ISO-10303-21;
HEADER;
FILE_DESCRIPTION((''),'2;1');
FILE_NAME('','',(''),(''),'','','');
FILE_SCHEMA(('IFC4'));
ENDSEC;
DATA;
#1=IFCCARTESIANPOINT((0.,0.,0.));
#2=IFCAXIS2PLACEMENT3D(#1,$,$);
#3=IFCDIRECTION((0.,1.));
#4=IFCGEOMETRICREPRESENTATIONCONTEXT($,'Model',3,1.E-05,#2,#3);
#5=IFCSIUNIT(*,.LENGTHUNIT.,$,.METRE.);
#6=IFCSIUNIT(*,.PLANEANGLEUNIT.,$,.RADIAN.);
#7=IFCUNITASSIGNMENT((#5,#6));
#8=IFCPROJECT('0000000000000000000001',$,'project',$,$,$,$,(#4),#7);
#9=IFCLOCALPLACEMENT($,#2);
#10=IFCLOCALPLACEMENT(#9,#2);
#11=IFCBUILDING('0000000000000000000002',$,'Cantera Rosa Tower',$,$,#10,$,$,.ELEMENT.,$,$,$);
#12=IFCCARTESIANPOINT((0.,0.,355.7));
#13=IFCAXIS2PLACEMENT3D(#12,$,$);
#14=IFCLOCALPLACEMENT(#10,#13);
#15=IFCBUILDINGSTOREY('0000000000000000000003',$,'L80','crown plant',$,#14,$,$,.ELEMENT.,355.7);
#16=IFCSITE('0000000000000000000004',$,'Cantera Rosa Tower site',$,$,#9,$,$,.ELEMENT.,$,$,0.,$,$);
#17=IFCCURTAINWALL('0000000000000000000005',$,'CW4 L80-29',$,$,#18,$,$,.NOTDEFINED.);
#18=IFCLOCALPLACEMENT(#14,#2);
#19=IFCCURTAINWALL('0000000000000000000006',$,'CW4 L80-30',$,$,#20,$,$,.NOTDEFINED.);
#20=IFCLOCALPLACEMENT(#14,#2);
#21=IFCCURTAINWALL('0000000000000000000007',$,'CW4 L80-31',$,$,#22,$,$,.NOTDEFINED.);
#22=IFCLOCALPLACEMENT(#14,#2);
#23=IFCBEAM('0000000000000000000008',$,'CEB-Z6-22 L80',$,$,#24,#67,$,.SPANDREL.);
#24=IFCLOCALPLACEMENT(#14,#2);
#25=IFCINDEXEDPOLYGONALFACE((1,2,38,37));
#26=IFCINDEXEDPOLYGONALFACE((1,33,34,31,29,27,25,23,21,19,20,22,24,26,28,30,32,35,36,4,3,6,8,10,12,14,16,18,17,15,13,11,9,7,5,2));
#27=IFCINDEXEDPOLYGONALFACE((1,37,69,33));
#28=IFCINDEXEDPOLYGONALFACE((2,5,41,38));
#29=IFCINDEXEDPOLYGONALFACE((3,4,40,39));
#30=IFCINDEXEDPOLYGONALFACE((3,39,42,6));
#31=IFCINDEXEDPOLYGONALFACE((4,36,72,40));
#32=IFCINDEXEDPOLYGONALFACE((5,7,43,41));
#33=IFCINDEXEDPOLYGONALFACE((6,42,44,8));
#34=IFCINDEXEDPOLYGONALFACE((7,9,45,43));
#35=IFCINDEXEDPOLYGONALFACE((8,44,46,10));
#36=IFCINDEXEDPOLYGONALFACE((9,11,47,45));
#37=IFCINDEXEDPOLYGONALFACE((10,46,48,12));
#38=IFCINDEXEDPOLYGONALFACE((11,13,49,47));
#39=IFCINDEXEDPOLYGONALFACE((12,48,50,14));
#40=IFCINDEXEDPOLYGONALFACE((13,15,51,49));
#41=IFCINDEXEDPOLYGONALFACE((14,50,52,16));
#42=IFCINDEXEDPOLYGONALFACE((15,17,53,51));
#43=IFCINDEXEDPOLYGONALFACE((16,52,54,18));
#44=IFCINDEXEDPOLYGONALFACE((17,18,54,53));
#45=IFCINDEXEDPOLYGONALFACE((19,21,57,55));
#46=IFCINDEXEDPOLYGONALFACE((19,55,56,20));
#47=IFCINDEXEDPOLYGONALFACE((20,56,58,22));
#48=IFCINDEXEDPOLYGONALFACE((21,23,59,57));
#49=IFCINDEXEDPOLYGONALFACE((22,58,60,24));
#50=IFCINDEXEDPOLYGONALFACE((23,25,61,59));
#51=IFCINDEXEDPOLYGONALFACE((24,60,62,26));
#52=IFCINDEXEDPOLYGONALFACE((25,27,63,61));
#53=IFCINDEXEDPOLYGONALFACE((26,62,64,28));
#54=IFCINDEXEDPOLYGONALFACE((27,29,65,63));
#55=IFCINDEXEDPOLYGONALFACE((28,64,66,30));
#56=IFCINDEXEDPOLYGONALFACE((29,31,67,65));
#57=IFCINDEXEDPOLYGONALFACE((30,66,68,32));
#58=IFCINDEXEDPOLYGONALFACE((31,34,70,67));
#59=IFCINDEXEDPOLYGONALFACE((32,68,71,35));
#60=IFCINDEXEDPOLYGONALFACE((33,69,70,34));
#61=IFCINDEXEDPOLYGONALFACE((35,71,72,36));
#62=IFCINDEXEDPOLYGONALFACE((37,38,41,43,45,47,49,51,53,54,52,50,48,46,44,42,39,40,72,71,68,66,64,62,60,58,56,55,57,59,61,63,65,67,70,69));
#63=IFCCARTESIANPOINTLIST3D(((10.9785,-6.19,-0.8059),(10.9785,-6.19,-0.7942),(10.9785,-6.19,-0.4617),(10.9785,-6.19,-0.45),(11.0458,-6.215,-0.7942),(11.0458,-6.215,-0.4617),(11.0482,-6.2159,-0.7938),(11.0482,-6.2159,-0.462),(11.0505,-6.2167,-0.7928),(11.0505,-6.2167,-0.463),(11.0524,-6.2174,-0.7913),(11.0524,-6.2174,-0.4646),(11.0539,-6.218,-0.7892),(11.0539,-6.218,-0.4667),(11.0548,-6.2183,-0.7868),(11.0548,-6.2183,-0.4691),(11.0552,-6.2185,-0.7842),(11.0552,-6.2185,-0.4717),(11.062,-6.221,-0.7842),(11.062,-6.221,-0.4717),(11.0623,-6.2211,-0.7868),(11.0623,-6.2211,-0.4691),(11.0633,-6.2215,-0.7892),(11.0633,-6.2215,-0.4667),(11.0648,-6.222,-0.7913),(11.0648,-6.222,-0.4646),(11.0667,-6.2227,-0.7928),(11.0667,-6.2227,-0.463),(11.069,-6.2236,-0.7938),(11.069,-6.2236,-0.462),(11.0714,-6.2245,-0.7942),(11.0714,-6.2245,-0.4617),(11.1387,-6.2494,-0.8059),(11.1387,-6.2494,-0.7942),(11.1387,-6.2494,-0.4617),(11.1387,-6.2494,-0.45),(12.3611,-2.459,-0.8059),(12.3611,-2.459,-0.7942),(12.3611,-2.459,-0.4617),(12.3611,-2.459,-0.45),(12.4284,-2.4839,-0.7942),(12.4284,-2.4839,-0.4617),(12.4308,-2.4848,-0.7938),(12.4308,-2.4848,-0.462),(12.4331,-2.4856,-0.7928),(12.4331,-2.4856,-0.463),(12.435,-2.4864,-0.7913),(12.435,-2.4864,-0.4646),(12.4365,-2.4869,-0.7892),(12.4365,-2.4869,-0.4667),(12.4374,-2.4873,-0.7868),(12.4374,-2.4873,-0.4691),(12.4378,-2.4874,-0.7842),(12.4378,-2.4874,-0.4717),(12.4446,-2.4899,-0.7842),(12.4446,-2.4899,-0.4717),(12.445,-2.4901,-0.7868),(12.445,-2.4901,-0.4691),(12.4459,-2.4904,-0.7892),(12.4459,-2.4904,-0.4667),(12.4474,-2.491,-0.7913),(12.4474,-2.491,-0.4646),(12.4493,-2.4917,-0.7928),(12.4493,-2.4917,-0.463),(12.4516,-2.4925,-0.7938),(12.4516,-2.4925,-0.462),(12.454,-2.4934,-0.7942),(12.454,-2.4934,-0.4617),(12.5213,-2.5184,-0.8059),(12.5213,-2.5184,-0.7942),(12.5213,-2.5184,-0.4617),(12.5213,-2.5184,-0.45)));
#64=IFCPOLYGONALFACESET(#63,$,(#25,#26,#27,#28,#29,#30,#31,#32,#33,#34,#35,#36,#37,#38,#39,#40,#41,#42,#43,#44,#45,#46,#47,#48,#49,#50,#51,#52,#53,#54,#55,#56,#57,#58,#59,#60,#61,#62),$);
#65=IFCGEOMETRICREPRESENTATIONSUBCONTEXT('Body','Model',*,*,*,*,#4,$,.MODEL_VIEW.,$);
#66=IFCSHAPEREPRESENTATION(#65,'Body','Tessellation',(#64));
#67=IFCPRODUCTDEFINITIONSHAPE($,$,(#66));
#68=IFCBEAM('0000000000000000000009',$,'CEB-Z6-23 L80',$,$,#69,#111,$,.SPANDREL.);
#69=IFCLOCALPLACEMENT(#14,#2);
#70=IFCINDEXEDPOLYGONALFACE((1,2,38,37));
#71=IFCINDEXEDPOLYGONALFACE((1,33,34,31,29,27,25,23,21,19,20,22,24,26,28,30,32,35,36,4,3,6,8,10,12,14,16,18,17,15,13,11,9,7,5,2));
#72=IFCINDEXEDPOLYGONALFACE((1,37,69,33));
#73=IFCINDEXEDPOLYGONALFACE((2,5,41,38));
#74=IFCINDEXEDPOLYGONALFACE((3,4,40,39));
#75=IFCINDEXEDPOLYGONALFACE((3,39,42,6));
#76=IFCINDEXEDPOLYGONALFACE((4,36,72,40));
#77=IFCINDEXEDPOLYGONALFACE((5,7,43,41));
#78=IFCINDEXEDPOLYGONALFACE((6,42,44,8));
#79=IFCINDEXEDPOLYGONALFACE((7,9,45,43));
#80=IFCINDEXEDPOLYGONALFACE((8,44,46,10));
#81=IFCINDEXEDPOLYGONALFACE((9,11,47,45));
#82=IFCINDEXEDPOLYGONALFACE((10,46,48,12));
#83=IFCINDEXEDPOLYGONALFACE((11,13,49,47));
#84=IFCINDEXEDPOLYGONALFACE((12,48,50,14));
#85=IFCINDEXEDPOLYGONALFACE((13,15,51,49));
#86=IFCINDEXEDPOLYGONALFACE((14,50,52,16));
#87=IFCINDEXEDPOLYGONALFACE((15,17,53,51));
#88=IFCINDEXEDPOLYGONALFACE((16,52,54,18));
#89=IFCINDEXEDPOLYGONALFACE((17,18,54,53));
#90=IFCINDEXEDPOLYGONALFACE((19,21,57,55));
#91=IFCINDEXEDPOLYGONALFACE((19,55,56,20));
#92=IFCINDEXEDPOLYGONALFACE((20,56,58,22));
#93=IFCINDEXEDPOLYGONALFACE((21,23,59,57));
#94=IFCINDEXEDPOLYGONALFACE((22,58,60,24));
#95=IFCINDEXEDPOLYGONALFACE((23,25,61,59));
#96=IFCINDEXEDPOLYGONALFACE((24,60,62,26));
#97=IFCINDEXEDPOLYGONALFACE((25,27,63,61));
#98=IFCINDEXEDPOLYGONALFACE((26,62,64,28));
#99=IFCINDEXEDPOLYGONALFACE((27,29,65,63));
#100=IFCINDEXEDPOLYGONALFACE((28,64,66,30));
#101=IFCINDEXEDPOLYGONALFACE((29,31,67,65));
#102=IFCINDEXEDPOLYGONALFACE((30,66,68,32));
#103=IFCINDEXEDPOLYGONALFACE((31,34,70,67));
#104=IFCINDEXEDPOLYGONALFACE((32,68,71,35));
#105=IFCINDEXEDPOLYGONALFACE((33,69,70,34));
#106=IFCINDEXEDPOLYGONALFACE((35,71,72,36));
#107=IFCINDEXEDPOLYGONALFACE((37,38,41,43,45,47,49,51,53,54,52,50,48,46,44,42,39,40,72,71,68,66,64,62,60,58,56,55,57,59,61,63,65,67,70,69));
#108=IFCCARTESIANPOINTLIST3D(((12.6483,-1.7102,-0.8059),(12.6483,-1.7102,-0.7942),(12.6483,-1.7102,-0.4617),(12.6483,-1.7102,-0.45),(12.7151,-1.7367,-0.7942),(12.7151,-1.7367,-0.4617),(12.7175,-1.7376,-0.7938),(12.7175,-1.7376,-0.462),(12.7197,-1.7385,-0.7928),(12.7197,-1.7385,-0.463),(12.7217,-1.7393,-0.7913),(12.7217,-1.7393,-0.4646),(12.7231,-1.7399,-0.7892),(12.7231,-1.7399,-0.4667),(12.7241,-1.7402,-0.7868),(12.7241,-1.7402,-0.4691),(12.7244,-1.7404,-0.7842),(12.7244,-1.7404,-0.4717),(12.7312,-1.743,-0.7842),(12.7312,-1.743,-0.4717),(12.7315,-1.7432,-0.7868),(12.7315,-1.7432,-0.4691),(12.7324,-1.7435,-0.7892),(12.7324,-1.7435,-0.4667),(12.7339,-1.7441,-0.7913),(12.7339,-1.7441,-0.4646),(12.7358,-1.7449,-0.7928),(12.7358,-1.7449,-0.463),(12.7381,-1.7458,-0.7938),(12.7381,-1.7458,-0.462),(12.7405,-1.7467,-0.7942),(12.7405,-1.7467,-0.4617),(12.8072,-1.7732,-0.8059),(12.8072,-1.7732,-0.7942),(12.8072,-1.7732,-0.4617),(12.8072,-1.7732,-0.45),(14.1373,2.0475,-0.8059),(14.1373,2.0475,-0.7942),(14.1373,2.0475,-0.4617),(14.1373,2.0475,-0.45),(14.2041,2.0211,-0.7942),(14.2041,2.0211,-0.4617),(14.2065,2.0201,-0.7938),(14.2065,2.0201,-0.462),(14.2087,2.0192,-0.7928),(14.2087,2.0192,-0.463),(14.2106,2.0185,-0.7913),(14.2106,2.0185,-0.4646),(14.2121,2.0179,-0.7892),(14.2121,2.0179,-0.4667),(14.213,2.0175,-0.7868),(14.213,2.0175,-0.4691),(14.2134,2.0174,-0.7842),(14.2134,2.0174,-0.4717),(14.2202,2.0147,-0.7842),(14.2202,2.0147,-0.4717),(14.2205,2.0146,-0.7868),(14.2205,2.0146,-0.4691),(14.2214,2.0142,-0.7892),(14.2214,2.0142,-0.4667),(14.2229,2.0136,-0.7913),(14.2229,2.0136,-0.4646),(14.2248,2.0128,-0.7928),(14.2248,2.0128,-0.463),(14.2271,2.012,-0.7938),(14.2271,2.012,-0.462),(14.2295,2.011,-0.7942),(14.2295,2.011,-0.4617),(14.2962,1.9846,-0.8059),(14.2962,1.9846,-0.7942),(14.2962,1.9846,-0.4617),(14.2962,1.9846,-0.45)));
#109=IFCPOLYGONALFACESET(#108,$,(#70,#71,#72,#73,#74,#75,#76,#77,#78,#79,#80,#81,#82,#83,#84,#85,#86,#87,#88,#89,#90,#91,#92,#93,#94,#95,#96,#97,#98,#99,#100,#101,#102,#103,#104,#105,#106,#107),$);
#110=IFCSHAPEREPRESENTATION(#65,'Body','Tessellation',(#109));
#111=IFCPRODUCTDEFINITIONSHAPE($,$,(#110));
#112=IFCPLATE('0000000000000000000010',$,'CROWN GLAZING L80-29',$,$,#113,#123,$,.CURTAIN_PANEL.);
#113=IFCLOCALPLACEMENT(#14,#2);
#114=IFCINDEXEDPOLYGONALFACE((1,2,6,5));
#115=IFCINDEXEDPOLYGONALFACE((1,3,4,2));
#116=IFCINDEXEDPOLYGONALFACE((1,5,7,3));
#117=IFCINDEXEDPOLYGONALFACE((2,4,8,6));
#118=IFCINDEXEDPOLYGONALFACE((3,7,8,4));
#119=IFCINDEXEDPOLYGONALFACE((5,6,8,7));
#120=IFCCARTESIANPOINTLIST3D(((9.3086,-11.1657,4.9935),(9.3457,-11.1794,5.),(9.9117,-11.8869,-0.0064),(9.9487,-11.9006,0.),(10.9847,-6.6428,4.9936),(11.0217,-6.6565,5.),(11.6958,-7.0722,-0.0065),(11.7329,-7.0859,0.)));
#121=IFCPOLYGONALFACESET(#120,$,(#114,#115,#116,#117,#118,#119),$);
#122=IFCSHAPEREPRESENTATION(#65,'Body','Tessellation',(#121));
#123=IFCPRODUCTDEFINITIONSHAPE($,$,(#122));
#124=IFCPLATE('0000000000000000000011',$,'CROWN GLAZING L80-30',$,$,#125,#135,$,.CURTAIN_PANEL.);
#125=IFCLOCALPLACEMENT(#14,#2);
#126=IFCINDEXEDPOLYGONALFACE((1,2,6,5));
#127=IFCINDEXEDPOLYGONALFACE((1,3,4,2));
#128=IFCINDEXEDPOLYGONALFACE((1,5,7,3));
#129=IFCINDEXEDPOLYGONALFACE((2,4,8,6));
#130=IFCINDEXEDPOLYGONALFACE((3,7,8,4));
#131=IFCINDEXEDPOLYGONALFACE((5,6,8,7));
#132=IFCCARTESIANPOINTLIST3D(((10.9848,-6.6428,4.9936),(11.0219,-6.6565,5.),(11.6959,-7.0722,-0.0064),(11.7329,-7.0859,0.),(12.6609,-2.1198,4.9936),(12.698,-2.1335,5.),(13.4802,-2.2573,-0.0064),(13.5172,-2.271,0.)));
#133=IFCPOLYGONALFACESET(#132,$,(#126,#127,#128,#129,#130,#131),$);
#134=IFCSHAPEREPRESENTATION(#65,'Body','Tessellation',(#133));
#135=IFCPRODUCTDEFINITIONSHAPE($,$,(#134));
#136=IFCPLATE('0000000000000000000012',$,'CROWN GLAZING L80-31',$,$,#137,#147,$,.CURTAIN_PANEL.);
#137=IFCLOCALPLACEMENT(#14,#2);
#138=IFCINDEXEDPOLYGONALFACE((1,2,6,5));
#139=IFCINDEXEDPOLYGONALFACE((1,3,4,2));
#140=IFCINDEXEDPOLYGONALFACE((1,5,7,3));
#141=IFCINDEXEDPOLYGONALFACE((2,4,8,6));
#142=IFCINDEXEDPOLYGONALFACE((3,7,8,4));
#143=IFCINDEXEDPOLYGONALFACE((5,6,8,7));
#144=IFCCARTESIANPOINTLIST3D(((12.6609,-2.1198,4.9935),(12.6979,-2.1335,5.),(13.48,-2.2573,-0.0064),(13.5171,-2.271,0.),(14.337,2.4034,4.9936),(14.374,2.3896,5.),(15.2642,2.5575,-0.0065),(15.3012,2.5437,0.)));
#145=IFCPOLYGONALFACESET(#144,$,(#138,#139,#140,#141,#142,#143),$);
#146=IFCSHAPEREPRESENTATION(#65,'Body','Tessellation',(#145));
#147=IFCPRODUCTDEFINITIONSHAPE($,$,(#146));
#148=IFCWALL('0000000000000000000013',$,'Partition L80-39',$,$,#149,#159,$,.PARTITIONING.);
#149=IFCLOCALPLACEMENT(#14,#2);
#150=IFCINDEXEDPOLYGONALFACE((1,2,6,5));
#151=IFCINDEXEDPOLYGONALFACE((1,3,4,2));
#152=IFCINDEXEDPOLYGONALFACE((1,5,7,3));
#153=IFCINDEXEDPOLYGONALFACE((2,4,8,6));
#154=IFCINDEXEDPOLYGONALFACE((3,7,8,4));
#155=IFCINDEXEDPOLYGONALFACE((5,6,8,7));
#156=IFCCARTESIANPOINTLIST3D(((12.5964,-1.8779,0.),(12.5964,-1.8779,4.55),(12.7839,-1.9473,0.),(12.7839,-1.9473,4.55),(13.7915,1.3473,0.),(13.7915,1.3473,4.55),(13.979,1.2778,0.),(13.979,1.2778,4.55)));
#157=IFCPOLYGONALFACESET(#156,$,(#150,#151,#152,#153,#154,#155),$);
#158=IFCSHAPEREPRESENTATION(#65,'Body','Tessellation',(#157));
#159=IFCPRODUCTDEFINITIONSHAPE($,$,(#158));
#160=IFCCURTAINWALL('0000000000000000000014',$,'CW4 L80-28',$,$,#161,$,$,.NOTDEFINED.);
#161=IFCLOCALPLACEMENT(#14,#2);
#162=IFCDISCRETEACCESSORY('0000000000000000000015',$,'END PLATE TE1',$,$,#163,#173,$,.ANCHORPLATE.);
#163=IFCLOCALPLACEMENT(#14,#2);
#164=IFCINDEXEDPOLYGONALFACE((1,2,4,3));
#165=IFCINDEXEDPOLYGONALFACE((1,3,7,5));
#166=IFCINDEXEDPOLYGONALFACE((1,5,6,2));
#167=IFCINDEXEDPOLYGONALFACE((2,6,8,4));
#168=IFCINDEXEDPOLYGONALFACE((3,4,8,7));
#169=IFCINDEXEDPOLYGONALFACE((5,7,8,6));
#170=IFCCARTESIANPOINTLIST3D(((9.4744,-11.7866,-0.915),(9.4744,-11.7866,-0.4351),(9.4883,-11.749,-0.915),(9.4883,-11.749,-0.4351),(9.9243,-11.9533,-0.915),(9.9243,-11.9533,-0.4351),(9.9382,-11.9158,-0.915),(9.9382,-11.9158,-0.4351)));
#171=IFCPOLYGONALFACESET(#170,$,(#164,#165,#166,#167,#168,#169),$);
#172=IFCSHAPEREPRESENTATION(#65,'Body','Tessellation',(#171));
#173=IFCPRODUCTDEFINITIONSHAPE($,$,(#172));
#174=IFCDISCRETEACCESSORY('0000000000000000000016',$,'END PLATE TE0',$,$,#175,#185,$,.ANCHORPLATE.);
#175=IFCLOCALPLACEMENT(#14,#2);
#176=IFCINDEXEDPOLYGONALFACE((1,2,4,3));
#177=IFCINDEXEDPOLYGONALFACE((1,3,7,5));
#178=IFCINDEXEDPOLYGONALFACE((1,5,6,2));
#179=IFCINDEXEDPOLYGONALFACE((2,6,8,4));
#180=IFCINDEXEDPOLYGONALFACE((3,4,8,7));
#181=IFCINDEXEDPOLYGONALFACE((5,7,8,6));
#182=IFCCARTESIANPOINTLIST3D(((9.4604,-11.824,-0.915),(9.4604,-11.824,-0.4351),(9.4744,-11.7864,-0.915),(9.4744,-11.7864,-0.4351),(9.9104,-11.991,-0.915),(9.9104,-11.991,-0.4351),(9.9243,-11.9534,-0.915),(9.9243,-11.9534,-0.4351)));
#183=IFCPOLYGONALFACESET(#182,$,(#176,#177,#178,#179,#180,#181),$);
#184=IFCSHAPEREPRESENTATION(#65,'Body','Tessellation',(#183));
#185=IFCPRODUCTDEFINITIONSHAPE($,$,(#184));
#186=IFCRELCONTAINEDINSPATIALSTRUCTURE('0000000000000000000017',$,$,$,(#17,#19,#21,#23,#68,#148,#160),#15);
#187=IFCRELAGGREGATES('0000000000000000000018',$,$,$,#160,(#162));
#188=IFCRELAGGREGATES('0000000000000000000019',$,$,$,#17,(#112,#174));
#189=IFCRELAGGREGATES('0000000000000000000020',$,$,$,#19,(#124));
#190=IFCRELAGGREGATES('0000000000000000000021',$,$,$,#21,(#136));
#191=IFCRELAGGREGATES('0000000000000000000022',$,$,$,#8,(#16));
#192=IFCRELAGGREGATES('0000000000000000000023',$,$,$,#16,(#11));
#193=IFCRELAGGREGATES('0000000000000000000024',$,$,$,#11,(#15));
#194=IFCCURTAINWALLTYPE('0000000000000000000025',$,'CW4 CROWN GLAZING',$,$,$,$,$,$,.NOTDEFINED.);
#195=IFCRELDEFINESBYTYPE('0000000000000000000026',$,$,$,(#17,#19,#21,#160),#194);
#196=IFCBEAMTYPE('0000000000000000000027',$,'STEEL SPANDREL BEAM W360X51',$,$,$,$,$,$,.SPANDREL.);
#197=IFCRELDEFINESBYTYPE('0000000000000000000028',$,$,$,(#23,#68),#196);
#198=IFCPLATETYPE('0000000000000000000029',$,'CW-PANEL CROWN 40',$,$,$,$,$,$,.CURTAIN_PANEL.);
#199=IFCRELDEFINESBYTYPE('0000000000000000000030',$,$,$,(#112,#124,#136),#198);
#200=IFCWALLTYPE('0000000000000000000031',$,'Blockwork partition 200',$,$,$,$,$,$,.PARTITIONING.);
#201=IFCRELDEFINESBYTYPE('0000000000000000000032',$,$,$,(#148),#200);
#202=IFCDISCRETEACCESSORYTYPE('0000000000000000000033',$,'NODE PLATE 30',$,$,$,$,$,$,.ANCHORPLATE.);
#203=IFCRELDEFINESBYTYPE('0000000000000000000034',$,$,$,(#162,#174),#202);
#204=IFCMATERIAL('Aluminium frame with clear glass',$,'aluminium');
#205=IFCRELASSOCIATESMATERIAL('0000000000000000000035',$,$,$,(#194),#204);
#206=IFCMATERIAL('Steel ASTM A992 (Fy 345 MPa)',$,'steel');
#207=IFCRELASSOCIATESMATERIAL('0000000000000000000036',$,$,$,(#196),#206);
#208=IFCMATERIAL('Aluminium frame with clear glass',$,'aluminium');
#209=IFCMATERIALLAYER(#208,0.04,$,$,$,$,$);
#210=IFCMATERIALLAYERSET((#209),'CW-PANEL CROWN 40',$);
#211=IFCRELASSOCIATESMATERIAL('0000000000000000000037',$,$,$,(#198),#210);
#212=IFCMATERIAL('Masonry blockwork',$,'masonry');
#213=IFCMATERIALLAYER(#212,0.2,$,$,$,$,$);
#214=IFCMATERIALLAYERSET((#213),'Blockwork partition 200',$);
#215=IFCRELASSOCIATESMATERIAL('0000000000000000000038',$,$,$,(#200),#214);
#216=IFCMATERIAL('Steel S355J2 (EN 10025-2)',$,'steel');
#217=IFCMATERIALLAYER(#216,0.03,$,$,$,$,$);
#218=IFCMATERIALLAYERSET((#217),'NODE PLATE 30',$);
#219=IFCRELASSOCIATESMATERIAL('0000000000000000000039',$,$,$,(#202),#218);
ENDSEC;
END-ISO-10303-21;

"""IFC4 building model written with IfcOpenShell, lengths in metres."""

from ifc_helpers import new_model, si_unit, direction, frame, frame_2d, origin, origin_2d, place, context, subcontext, project, spatial, polyline, rectangle, i_section, outline, extrude, material, layer, layer_set, material_profile, profile_set, type_object, element, aggregate, save


model = new_model("IFC4")

# Units and contexts
model_context = context("Model", 3, precision=1e-05, world=origin(), true_north=direction((0.0, 1.0)))
body_context = subcontext(model_context, "Body", "Model", "MODEL_VIEW")
ifc_project = project(units=[si_unit("LENGTHUNIT", "METRE"), si_unit("PLANEANGLEUNIT", "RADIAN")], contexts=[model_context])

# Site, building, storey
site_placement = place(None, origin())
site = spatial("IfcSite", under=ifc_project, at=site_placement, Name="Cantera Rosa Tower site", CompositionType="ELEMENT", RefElevation=0.0)
building_placement = place(site_placement, origin())
building = spatial("IfcBuilding", under=site, at=building_placement, Name="Cantera Rosa Tower", CompositionType="ELEMENT")
storey_placement = place(building_placement, frame((0.0, 0.0, 355.7)))
storey = spatial("IfcBuildingStorey", under=building, at=storey_placement, Name="L80", Description="crown plant", CompositionType="ELEMENT", Elevation=355.7)

# Curtain walls
ifc_material_1 = material(Name="Aluminium frame with clear glass", Category="aluminium")
curtain_wall_type = type_object("IfcCurtainWallType", Name="CW4 CROWN GLAZING", PredefinedType="NOTDEFINED", material=ifc_material_1)
curtain_wall_1_placement = place(storey_placement, origin())
curtain_wall_1 = element("IfcCurtainWall", 1, at=curtain_wall_1_placement, inside=storey, type_object=curtain_wall_type, Name="CW4 L80-29", PredefinedType="NOTDEFINED")
curtain_wall_2_placement = place(storey_placement, origin())
curtain_wall_2 = element("IfcCurtainWall", 2, at=curtain_wall_2_placement, inside=storey, type_object=curtain_wall_type, Name="CW4 L80-30", PredefinedType="NOTDEFINED")
curtain_wall_3_placement = place(storey_placement, origin())
curtain_wall_3 = element("IfcCurtainWall", 3, at=curtain_wall_3_placement, inside=storey, type_object=curtain_wall_type, Name="CW4 L80-31", PredefinedType="NOTDEFINED")

# Beams
ifc_material_2 = material(Name="Steel ASTM A992 (Fy 345 MPa)", Category="steel")
ifc_material_profile_1 = material_profile(ifc_material_2, i_section(OverallWidth=0.1709, OverallDepth=0.356, WebThickness=0.0073, FlangeThickness=0.0117, FilletRadius=0.01, at=origin_2d()), Name="W360X51")
ifc_profile_set_1 = profile_set([ifc_material_profile_1], Name="Steel ASTM A992 (Fy 345 MPa)")
beam_type_1 = type_object("IfcBeamType", Name="STEEL SPANDREL BEAM W360X51", PredefinedType="SPANDREL", material=ifc_profile_set_1)
beam_1_placement = place(storey_placement, frame((11.0586, -6.2197, -0.6279), z_axis=(0.347476, 0.937689, 0.0), x_axis=(-0.937689, 0.347476, 0.0)))
element("IfcBeam", 4, at=beam_1_placement, inside=storey, type_object=beam_type_1, Name="CEB-Z6-22 L80", PredefinedType="SPANDREL", context=body_context, shape_type="SweptSolid", body=[
    extrude(i_section(OverallWidth=0.1709, OverallDepth=0.356, WebThickness=0.0073, FlangeThickness=0.0117, FilletRadius=0.01, at=origin_2d()), origin(), (0.0, 0.0, 1.0), 3.979),
])
beam_2_placement = place(storey_placement, frame((12.7278, -1.7417, -0.6279), z_axis=(0.368379, 0.929676, 0.0), x_axis=(-0.929676, 0.368379, 0.0)))
element("IfcBeam", 5, at=beam_2_placement, inside=storey, type_object=beam_type_1, Name="CEB-Z6-23 L80", PredefinedType="SPANDREL", context=body_context, shape_type="SweptSolid", body=[
    extrude(i_section(OverallWidth=0.1709, OverallDepth=0.356, WebThickness=0.0073, FlangeThickness=0.0117, FilletRadius=0.01, at=origin_2d()), origin(), (0.0, 0.0, 1.0), 4.042),
])

# Plates
ifc_material_3 = material(Name="Aluminium frame with clear glass", Category="aluminium")
ifc_layer_1 = layer(ifc_material_3, 0.04)
ifc_layer_set_1 = layer_set([ifc_layer_1], Name="CW-PANEL CROWN 40")
plate_type = type_object("IfcPlateType", Name="CW-PANEL CROWN 40", PredefinedType="CURTAIN_PANEL", material=ifc_layer_set_1)
plate_1_placement = place(storey_placement, frame((9.9487, -11.9006, 0.0), z_axis=(0.925444, -0.342937, 0.161082), x_axis=(0.347475, 0.937689, -0.000001)))
plate_1 = element("IfcPlate", 6, at=plate_1_placement, type_object=plate_type, Name="CROWN GLAZING L80-29", PredefinedType="CURTAIN_PANEL", context=body_context, shape_type="SweptSolid", body=[
    extrude(outline(polyline([(0.0, 0.0), (5.1346, 0.0), (5.2902, 5.0662), (0.4667, 5.0662), (0.0, 0.0)])), origin(), (0.0, 0.0, -1.0), 0.04),
])
plate_2_placement = place(storey_placement, frame((11.7329, -7.0859, 0.0), z_axis=(0.925442, -0.342952, 0.16106), x_axis=(0.347488, 0.937685, 0.000004)))
plate_2 = element("IfcPlate", 7, at=plate_2_placement, type_object=plate_type, Name="CROWN GLAZING L80-30", PredefinedType="CURTAIN_PANEL", context=body_context, shape_type="SweptSolid", body=[
    extrude(outline(polyline([(0.0, 0.0), (5.1349, 0.0), (4.9792, 5.0661), (0.1556, 5.0662), (0.0, 0.0)])), origin(), (0.0, 0.0, -1.0), 0.04),
])
plate_3_placement = place(storey_placement, frame((13.5171, -2.271, 0.0), z_axis=(0.925452, -0.342931, 0.161046), x_axis=(0.347467, 0.937692, -0.000002)))
plate_3 = element("IfcPlate", 8, at=plate_3_placement, type_object=plate_type, Name="CROWN GLAZING L80-31", PredefinedType="CURTAIN_PANEL", context=body_context, shape_type="SweptSolid", body=[
    extrude(outline(polyline([(0.0, 0.0), (5.1346, 0.0), (4.668, 5.0661), (-0.1557, 5.0661), (0.0, 0.0)])), origin(), (0.0, 0.0, -1.0), 0.04),
])

# Wall
ifc_material_4 = material(Name="Masonry blockwork", Category="masonry")
ifc_layer_2 = layer(ifc_material_4, 0.2)
ifc_layer_set_2 = layer_set([ifc_layer_2], Name="Blockwork partition 200")
wall_type = type_object("IfcWallType", Name="Blockwork partition 200", PredefinedType="PARTITIONING", material=ifc_layer_set_2)
wall_placement = place(storey_placement, frame((12.6902, -1.9126, 0.0), z_axis=(0.0, 0.0, 1.0), x_axis=(0.347465, 0.937693, 0.0)))
element("IfcWall", 9, at=wall_placement, inside=storey, type_object=wall_type, Name="Partition L80-39", PredefinedType="PARTITIONING", context=body_context, shape_type="SweptSolid", body=[
    extrude(rectangle(XDim=3.4395, YDim=0.2, at=frame_2d((1.7197, 0.0))), origin(), (0.0, 0.0, 1.0), 4.55),
])

# Curtain wall, discrete accessory
curtain_wall_4_placement = place(storey_placement, origin())
curtain_wall_4 = element("IfcCurtainWall", 10, at=curtain_wall_4_placement, inside=storey, type_object=curtain_wall_type, Name="CW4 L80-28", PredefinedType="NOTDEFINED")
ifc_material_5 = material(Name="Steel S355J2 (EN 10025-2)", Category="steel")
ifc_layer_3 = layer(ifc_material_5, 0.03)
ifc_layer_set_3 = layer_set([ifc_layer_3], Name="NODE PLATE 30")
discrete_accessory_type = type_object("IfcDiscreteAccessoryType", Name="NODE PLATE 30", PredefinedType="ANCHORPLATE", material=ifc_layer_set_3)
discrete_accessory_1_placement = place(storey_placement, frame((9.4883, -11.749, -0.4351), z_axis=(0.347497, 0.937681, 0.0), x_axis=(0.937681, -0.347497, 0.0)))
discrete_accessory_1 = element("IfcDiscreteAccessory", 11, at=discrete_accessory_1_placement, type_object=discrete_accessory_type, Name="END PLATE TE1", PredefinedType="ANCHORPLATE", context=body_context, shape_type="SweptSolid", body=[
    extrude(outline(polyline([(0.0, 0.0), (0.4799, 0.0), (0.4799, 0.48), (0.0, 0.48), (0.0, 0.0)])), origin(), (0.0, 0.0, -1.0), 0.04),
])
aggregate(curtain_wall_4, [discrete_accessory_1])

# Discrete accessory
discrete_accessory_2_placement = place(storey_placement, frame((9.9104, -11.991, -0.4351), z_axis=(-0.347944, -0.937515, 0.0), x_axis=(-0.937515, 0.347944, 0.0)))
discrete_accessory_2 = element("IfcDiscreteAccessory", 12, at=discrete_accessory_2_placement, type_object=discrete_accessory_type, Name="END PLATE TE0", PredefinedType="ANCHORPLATE", context=body_context, shape_type="SweptSolid", body=[
    extrude(outline(polyline([(0.0, 0.0), (0.4799, 0.0), (0.4799, 0.48), (0.0, 0.48), (0.0, 0.0)])), origin(), (0.0, 0.0, -1.0), 0.04),
])
aggregate(curtain_wall_1, [plate_1, discrete_accessory_2])
aggregate(curtain_wall_2, [plate_2])
aggregate(curtain_wall_3, [plate_3])

save(model, "model.ifc")
